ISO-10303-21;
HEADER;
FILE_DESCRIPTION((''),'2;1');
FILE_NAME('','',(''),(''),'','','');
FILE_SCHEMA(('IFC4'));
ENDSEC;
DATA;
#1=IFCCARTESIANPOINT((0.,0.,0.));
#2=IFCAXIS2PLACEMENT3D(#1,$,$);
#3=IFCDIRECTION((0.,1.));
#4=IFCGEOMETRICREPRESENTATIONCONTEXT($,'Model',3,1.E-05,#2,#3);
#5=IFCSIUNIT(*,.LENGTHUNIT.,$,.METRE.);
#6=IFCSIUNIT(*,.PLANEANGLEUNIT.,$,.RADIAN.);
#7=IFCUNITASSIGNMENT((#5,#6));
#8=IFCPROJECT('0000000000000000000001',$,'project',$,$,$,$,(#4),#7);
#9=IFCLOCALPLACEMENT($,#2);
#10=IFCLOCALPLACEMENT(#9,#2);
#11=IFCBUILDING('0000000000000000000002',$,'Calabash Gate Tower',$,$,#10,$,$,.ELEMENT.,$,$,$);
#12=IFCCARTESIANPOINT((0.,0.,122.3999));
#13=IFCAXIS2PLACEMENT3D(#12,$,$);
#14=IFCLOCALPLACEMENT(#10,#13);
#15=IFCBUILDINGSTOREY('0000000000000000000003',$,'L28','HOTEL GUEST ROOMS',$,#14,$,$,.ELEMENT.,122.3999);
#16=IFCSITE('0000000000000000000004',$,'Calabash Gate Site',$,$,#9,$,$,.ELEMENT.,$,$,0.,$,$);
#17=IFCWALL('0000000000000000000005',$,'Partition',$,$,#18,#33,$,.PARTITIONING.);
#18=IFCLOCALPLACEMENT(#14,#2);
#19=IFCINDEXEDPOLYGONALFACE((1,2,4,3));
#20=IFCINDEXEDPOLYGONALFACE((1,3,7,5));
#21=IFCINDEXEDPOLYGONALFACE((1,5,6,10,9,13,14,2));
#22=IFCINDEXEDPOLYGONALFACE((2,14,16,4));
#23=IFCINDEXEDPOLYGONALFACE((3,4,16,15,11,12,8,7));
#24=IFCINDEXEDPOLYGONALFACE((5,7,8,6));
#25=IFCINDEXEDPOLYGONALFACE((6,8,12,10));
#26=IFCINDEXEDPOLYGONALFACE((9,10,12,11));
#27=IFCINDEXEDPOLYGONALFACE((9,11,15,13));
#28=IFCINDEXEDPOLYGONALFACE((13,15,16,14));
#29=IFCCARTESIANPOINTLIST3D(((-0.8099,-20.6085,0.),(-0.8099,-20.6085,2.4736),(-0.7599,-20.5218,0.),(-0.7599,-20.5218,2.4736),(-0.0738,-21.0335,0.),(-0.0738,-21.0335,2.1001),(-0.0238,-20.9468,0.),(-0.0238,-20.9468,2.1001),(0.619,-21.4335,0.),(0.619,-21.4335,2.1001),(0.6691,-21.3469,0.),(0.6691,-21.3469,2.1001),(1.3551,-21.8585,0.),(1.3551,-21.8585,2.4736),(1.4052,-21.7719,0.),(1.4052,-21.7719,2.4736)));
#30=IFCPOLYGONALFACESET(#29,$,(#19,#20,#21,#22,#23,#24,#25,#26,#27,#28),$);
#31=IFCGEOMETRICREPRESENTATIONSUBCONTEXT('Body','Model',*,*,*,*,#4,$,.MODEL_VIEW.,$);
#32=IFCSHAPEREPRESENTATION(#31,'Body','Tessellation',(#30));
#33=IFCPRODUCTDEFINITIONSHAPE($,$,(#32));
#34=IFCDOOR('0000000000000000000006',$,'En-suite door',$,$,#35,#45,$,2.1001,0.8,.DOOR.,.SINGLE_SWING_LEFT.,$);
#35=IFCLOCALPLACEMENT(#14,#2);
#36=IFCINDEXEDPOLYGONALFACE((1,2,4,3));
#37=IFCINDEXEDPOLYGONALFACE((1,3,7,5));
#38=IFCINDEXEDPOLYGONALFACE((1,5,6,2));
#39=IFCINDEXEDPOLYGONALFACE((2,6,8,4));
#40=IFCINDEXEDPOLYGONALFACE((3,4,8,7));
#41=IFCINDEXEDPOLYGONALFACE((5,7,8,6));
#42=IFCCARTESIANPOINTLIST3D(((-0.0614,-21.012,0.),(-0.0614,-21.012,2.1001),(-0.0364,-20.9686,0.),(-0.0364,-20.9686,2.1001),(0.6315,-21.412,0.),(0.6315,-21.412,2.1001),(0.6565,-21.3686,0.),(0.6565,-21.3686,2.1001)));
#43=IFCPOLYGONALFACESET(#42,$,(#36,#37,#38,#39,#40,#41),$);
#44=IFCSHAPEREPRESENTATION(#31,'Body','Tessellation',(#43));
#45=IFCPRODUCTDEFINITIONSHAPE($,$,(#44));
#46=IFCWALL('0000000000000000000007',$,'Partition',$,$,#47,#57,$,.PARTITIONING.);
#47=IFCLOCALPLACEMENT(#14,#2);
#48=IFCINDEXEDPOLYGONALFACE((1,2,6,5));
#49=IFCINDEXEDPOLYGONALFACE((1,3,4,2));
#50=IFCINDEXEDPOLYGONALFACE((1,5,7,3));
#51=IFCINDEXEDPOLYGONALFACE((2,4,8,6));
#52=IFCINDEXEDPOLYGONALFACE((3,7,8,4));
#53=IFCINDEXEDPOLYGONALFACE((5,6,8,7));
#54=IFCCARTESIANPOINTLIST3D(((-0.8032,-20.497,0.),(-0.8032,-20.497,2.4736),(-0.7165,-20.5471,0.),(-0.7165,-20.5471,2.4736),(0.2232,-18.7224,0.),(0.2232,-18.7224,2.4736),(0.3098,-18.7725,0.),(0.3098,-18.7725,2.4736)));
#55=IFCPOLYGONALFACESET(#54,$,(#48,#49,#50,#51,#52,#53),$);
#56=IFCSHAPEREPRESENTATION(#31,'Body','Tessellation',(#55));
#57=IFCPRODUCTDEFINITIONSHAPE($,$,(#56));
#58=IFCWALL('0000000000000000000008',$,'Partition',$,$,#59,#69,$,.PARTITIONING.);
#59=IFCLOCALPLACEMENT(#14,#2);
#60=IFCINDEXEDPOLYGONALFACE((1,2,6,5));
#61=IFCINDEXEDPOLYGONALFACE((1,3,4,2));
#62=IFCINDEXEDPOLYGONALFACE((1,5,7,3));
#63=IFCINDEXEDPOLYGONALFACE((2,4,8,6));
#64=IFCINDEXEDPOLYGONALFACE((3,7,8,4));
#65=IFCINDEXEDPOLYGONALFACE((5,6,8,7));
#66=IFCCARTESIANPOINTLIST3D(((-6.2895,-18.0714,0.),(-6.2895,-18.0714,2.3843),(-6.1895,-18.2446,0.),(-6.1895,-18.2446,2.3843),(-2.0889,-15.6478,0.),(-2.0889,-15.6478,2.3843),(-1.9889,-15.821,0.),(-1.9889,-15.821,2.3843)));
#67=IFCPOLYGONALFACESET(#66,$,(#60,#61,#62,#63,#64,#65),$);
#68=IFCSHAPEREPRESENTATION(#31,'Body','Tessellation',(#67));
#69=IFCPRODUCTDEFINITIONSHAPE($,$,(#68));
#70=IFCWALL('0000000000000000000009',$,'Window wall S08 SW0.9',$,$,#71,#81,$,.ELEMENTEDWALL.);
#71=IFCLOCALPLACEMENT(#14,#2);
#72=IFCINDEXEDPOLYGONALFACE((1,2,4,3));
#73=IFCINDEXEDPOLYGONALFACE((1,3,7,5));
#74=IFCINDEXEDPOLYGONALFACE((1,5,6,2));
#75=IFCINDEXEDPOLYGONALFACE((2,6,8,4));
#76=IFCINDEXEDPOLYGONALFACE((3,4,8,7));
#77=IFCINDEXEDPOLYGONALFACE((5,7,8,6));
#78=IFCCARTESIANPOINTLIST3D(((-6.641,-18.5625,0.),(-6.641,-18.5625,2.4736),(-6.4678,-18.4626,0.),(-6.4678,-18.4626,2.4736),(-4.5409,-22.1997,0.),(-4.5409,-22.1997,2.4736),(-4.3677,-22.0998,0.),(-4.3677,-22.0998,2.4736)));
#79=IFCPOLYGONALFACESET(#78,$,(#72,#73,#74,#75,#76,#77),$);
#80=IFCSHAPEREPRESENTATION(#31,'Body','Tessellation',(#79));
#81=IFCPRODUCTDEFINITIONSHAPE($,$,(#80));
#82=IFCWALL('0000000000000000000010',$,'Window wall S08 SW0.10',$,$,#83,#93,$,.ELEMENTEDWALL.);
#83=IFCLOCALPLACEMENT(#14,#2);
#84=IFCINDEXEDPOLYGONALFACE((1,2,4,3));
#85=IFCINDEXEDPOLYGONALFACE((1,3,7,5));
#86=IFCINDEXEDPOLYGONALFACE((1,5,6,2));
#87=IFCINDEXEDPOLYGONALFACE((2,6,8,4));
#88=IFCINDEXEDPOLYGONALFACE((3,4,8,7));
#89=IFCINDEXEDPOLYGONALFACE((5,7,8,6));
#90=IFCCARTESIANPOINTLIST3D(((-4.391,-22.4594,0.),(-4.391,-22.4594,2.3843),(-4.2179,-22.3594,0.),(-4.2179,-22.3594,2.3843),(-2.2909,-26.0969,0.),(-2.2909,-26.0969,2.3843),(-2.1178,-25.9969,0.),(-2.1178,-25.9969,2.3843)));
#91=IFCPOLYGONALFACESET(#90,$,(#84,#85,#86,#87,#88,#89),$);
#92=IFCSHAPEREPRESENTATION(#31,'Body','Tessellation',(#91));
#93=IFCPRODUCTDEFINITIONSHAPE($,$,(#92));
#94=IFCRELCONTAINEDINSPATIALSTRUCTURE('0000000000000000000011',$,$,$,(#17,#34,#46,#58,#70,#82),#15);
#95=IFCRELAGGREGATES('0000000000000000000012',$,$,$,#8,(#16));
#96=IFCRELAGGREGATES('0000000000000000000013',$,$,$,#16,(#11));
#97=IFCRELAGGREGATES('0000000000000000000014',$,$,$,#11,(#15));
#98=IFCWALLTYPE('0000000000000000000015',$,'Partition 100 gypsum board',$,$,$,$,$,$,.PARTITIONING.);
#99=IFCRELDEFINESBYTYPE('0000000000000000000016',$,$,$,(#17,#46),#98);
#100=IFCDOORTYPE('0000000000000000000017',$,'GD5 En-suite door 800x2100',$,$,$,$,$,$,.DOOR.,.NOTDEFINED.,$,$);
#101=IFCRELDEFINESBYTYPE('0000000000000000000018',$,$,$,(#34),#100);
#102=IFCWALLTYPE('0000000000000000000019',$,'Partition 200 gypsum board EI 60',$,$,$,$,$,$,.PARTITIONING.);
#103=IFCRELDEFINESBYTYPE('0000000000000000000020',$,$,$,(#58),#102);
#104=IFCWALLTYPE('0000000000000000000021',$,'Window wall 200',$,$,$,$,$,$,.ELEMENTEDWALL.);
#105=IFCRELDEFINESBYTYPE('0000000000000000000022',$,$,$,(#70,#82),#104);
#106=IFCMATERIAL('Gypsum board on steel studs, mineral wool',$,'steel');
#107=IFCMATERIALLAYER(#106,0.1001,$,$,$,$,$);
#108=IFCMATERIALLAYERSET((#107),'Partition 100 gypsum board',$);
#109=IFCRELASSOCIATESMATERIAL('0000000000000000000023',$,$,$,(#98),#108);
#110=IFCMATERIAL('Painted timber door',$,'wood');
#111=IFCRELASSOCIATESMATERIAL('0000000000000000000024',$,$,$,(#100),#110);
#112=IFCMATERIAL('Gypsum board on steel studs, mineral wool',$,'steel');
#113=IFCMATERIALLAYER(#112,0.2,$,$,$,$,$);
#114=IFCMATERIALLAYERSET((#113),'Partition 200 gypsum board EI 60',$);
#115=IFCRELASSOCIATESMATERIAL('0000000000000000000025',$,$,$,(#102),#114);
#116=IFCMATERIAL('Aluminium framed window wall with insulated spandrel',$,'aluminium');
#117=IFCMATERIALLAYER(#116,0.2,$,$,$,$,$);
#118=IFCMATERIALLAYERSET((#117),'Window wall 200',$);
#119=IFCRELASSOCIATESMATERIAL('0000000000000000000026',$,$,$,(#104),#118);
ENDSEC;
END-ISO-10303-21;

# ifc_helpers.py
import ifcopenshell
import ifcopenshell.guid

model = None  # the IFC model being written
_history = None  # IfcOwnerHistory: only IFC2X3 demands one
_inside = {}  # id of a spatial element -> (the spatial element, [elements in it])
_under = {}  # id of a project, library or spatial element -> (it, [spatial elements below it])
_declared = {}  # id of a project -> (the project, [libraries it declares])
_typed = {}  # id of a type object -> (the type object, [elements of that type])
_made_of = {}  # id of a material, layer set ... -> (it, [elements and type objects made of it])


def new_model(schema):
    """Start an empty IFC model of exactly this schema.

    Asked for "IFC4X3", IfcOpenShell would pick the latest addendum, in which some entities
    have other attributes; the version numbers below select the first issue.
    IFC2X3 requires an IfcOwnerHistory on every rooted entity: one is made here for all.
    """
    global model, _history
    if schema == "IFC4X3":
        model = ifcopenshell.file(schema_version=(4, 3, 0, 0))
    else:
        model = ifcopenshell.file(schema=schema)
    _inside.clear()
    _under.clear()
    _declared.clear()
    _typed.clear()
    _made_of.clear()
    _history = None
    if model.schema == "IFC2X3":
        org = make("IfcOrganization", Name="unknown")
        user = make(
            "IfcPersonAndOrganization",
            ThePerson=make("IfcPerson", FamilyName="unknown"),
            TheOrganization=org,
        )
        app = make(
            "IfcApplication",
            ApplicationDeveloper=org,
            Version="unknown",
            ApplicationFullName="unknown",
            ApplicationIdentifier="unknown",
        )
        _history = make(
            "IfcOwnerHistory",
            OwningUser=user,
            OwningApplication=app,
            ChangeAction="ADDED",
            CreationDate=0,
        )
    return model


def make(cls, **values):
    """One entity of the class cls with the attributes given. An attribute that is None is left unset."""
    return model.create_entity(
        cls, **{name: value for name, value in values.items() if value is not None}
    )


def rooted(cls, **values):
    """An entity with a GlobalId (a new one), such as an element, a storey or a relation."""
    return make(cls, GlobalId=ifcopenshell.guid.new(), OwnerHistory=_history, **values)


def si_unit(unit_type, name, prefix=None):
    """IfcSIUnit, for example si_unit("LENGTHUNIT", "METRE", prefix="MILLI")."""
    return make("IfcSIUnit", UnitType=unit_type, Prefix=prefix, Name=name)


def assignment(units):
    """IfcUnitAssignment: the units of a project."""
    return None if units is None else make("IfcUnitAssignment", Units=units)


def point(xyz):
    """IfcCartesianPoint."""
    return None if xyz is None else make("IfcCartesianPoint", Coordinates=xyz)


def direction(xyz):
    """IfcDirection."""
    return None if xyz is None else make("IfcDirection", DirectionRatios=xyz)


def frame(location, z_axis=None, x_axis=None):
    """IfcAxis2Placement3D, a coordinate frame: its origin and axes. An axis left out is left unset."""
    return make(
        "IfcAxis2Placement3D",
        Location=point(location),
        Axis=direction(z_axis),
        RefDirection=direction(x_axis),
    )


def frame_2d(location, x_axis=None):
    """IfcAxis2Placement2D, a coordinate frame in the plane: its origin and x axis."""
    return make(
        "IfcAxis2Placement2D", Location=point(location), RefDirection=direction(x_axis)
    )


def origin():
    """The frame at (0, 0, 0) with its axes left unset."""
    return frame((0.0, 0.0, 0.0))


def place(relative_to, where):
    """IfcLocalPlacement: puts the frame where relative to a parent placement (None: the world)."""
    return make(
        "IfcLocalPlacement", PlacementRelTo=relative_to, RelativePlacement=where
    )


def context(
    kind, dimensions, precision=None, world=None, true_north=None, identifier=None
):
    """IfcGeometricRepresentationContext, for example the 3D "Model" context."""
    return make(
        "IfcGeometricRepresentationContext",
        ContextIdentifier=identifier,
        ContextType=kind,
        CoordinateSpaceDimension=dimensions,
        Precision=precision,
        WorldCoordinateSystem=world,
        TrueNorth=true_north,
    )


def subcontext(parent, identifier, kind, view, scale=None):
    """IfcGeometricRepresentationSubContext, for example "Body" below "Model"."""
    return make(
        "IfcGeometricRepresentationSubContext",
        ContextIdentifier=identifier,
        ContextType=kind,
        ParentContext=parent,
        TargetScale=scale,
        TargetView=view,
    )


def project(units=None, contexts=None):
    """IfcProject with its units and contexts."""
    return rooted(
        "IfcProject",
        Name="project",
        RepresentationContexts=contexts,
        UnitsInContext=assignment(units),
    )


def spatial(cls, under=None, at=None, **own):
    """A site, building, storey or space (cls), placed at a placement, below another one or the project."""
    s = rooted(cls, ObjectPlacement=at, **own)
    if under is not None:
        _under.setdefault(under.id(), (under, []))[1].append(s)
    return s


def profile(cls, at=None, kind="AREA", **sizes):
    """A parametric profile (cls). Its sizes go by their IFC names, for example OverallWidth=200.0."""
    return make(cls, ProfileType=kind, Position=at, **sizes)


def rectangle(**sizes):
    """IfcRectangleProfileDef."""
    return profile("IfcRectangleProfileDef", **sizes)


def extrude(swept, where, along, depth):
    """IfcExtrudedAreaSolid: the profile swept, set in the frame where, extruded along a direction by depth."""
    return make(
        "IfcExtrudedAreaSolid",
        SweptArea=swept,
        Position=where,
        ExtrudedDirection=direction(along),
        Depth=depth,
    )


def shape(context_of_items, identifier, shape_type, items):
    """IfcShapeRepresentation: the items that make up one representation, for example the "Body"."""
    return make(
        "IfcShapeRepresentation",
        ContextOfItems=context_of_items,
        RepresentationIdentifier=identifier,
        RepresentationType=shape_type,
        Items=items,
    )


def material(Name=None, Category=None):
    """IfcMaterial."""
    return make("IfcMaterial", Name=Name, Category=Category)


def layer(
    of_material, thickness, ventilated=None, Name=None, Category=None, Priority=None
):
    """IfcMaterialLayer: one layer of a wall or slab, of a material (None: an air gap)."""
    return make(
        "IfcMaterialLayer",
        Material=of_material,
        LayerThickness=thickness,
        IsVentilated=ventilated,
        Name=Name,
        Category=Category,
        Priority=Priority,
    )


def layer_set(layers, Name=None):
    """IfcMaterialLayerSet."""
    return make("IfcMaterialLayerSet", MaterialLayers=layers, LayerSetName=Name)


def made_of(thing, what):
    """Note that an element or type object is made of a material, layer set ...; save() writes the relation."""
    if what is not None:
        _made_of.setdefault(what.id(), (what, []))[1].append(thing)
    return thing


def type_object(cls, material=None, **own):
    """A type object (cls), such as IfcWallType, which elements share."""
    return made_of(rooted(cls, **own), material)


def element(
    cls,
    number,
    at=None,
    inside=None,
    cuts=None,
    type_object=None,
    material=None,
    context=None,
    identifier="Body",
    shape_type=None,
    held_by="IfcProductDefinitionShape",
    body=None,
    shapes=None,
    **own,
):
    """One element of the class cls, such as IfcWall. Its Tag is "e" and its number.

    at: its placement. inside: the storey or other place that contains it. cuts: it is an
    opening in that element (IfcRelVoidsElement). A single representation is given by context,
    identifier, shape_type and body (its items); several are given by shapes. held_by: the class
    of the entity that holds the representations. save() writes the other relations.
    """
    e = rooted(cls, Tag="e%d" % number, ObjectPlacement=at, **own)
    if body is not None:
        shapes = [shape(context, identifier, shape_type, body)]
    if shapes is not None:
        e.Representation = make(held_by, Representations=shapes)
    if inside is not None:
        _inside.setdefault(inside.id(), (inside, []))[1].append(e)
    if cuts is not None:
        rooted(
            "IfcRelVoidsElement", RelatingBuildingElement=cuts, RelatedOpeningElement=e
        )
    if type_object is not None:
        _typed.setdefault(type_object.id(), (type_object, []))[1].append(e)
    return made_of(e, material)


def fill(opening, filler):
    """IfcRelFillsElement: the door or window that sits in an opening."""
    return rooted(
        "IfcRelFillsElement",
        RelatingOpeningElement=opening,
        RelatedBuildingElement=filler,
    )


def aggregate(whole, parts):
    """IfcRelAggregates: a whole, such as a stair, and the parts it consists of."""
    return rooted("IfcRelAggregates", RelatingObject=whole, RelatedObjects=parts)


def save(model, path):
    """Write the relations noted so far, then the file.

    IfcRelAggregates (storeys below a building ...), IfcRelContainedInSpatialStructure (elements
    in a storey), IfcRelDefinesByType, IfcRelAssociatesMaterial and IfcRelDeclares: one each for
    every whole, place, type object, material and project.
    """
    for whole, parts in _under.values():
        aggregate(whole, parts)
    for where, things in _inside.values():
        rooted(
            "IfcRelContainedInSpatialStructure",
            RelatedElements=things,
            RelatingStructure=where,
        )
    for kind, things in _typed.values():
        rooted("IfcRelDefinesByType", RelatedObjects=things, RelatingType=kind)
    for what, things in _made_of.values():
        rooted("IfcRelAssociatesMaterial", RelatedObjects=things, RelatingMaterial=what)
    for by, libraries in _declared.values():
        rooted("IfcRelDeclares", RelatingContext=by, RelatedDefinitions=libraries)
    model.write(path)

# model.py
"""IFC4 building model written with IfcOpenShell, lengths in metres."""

from ifc_helpers import new_model, si_unit, direction, frame, frame_2d, origin, place, context, subcontext, project, spatial, rectangle, extrude, material, layer, layer_set, type_object, element, fill, save


model = new_model("IFC4")

# Units and contexts
model_context = context("Model", 3, precision=1e-05, world=origin(), true_north=direction((0.0, 1.0)))
body_context = subcontext(model_context, "Body", "Model", "MODEL_VIEW")
ifc_project = project(units=[si_unit("LENGTHUNIT", "METRE"), si_unit("PLANEANGLEUNIT", "RADIAN")], contexts=[model_context])

# Site, building, storey
site_placement = place(None, origin())
site = spatial("IfcSite", under=ifc_project, at=site_placement, Name="Calabash Gate Site", CompositionType="ELEMENT", RefElevation=0.0)
building_placement = place(site_placement, origin())
building = spatial("IfcBuilding", under=site, at=building_placement, Name="Calabash Gate Tower", CompositionType="ELEMENT")
storey_placement = place(building_placement, frame((0.0, 0.0, 122.3999)))
storey = spatial("IfcBuildingStorey", under=building, at=storey_placement, Name="L28", Description="HOTEL GUEST ROOMS", CompositionType="ELEMENT", Elevation=122.3999)

# Wall, opening, door
ifc_material_1 = material(Name="Gypsum board on steel studs, mineral wool", Category="steel")
ifc_layer_1 = layer(ifc_material_1, 0.1001)
ifc_layer_set_1 = layer_set([ifc_layer_1], Name="Partition 100 gypsum board")
wall_type_1 = type_object("IfcWallType", Name="Partition 100 gypsum board", PredefinedType="PARTITIONING", material=ifc_layer_set_1)
wall_1_placement = place(storey_placement, frame((-0.7849, -20.5652, 0.0), z_axis=(0.0, 0.0, 1.0), x_axis=(0.866023, -0.500004, 0.0)))
wall_1 = element("IfcWall", 1, at=wall_1_placement, inside=storey, type_object=wall_type_1, Name="Partition", PredefinedType="PARTITIONING", context=body_context, shape_type="SweptSolid", body=[
    extrude(rectangle(XDim=2.5, YDim=0.1001, at=frame_2d((1.25, 0.0))), origin(), (0.0, 0.0, 1.0), 2.4736),
])
opening_placement = place(wall_1_placement, frame((0.8501, 0.0, 0.0)))
opening = element("IfcOpeningElement", 2, at=opening_placement, cuts=wall_1, PredefinedType="OPENING", context=body_context, shape_type="SweptSolid", body=[
    extrude(rectangle(XDim=0.8, YDim=2.1001, at=frame_2d((0.3999, 1.05))), frame((0.0, 0.0601, 0.0), z_axis=(0.0, -1.0, 0.0), x_axis=(1.0, 0.0, 0.0)), (0.0, 0.0, 1.0), 0.1201),
])
ifc_material_2 = material(Name="Painted timber door", Category="wood")
door_type = type_object("IfcDoorType", Name="GD5 En-suite door 800x2100", OperationType="NOTDEFINED", PredefinedType="DOOR", material=ifc_material_2)
door_placement = place(opening_placement, origin())
door = element("IfcDoor", 3, at=door_placement, inside=storey, type_object=door_type, Name="En-suite door", OperationType="SINGLE_SWING_LEFT", OverallHeight=2.1001, OverallWidth=0.8, PredefinedType="DOOR", context=body_context, shape_type="SweptSolid", body=[
    extrude(rectangle(XDim=0.8, YDim=2.1001, at=frame_2d((0.3999, 1.05))), frame((0.0, 0.0249, 0.0), z_axis=(0.0, -1.0, 0.0), x_axis=(1.0, 0.0, 0.0)), (0.0, 0.0, 1.0), 0.05),
])
fill(opening, door)

# Walls
wall_2_placement = place(storey_placement, frame((-0.7598, -20.522, 0.0), z_axis=(0.0, 0.0, 1.0), x_axis=(0.500647, 0.865652, 0.0)))
element("IfcWall", 4, at=wall_2_placement, inside=storey, type_object=wall_type_1, Name="Partition", PredefinedType="PARTITIONING", context=body_context, shape_type="SweptSolid", body=[
    extrude(rectangle(XDim=2.05, YDim=0.1001, at=frame_2d((1.0249, 0.0))), origin(), (0.0, 0.0, 1.0), 2.4736),
])
ifc_material_3 = material(Name="Gypsum board on steel studs, mineral wool", Category="steel")
ifc_layer_2 = layer(ifc_material_3, 0.2)
ifc_layer_set_2 = layer_set([ifc_layer_2], Name="Partition 200 gypsum board EI 60")
wall_type_2 = type_object("IfcWallType", Name="Partition 200 gypsum board EI 60", PredefinedType="PARTITIONING", material=ifc_layer_set_2)
wall_3_placement = place(storey_placement, frame((-6.2395, -18.158, 0.0), z_axis=(0.0, 0.0, 1.0), x_axis=(0.866176, 0.49974, 0.0)))
element("IfcWall", 5, at=wall_3_placement, inside=storey, type_object=wall_type_2, Name="Partition", PredefinedType="PARTITIONING", context=body_context, shape_type="SweptSolid", body=[
    extrude(rectangle(XDim=4.8496, YDim=0.2, at=frame_2d((2.4248, 0.0))), origin(), (0.0, 0.0, 1.0), 2.3843),
])
ifc_material_4 = material(Name="Aluminium framed window wall with insulated spandrel", Category="aluminium")
ifc_layer_3 = layer(ifc_material_4, 0.2)
ifc_layer_set_3 = layer_set([ifc_layer_3], Name="Window wall 200")
wall_type_3 = type_object("IfcWallType", Name="Window wall 200", PredefinedType="ELEMENTEDWALL", material=ifc_layer_set_3)
wall_4_placement = place(storey_placement, frame((-6.5544, -18.5125, 0.0), z_axis=(0.0, 0.0, 1.0), x_axis=(0.500028, -0.866009, 0.0)))
element("IfcWall", 6, at=wall_4_placement, inside=storey, type_object=wall_type_3, Name="Window wall S08 SW0.9", PredefinedType="ELEMENTEDWALL", context=body_context, shape_type="SweptSolid", body=[
    extrude(rectangle(XDim=4.2, YDim=0.2, at=frame_2d((2.1001, 0.0))), origin(), (0.0, 0.0, 1.0), 2.4736),
])
wall_5_placement = place(storey_placement, frame((-4.3044, -22.4094, 0.0), z_axis=(0.0, 0.0, 1.0), x_axis=(0.500003, -0.866024, 0.0)))
element("IfcWall", 7, at=wall_5_placement, inside=storey, type_object=wall_type_3, Name="Window wall S08 SW0.10", PredefinedType="ELEMENTEDWALL", context=body_context, shape_type="SweptSolid", body=[
    extrude(rectangle(XDim=4.2002, YDim=0.2, at=frame_2d((2.1001, 0.0))), origin(), (0.0, 0.0, 1.0), 2.3843),
])

save(model, "model.ifc")
